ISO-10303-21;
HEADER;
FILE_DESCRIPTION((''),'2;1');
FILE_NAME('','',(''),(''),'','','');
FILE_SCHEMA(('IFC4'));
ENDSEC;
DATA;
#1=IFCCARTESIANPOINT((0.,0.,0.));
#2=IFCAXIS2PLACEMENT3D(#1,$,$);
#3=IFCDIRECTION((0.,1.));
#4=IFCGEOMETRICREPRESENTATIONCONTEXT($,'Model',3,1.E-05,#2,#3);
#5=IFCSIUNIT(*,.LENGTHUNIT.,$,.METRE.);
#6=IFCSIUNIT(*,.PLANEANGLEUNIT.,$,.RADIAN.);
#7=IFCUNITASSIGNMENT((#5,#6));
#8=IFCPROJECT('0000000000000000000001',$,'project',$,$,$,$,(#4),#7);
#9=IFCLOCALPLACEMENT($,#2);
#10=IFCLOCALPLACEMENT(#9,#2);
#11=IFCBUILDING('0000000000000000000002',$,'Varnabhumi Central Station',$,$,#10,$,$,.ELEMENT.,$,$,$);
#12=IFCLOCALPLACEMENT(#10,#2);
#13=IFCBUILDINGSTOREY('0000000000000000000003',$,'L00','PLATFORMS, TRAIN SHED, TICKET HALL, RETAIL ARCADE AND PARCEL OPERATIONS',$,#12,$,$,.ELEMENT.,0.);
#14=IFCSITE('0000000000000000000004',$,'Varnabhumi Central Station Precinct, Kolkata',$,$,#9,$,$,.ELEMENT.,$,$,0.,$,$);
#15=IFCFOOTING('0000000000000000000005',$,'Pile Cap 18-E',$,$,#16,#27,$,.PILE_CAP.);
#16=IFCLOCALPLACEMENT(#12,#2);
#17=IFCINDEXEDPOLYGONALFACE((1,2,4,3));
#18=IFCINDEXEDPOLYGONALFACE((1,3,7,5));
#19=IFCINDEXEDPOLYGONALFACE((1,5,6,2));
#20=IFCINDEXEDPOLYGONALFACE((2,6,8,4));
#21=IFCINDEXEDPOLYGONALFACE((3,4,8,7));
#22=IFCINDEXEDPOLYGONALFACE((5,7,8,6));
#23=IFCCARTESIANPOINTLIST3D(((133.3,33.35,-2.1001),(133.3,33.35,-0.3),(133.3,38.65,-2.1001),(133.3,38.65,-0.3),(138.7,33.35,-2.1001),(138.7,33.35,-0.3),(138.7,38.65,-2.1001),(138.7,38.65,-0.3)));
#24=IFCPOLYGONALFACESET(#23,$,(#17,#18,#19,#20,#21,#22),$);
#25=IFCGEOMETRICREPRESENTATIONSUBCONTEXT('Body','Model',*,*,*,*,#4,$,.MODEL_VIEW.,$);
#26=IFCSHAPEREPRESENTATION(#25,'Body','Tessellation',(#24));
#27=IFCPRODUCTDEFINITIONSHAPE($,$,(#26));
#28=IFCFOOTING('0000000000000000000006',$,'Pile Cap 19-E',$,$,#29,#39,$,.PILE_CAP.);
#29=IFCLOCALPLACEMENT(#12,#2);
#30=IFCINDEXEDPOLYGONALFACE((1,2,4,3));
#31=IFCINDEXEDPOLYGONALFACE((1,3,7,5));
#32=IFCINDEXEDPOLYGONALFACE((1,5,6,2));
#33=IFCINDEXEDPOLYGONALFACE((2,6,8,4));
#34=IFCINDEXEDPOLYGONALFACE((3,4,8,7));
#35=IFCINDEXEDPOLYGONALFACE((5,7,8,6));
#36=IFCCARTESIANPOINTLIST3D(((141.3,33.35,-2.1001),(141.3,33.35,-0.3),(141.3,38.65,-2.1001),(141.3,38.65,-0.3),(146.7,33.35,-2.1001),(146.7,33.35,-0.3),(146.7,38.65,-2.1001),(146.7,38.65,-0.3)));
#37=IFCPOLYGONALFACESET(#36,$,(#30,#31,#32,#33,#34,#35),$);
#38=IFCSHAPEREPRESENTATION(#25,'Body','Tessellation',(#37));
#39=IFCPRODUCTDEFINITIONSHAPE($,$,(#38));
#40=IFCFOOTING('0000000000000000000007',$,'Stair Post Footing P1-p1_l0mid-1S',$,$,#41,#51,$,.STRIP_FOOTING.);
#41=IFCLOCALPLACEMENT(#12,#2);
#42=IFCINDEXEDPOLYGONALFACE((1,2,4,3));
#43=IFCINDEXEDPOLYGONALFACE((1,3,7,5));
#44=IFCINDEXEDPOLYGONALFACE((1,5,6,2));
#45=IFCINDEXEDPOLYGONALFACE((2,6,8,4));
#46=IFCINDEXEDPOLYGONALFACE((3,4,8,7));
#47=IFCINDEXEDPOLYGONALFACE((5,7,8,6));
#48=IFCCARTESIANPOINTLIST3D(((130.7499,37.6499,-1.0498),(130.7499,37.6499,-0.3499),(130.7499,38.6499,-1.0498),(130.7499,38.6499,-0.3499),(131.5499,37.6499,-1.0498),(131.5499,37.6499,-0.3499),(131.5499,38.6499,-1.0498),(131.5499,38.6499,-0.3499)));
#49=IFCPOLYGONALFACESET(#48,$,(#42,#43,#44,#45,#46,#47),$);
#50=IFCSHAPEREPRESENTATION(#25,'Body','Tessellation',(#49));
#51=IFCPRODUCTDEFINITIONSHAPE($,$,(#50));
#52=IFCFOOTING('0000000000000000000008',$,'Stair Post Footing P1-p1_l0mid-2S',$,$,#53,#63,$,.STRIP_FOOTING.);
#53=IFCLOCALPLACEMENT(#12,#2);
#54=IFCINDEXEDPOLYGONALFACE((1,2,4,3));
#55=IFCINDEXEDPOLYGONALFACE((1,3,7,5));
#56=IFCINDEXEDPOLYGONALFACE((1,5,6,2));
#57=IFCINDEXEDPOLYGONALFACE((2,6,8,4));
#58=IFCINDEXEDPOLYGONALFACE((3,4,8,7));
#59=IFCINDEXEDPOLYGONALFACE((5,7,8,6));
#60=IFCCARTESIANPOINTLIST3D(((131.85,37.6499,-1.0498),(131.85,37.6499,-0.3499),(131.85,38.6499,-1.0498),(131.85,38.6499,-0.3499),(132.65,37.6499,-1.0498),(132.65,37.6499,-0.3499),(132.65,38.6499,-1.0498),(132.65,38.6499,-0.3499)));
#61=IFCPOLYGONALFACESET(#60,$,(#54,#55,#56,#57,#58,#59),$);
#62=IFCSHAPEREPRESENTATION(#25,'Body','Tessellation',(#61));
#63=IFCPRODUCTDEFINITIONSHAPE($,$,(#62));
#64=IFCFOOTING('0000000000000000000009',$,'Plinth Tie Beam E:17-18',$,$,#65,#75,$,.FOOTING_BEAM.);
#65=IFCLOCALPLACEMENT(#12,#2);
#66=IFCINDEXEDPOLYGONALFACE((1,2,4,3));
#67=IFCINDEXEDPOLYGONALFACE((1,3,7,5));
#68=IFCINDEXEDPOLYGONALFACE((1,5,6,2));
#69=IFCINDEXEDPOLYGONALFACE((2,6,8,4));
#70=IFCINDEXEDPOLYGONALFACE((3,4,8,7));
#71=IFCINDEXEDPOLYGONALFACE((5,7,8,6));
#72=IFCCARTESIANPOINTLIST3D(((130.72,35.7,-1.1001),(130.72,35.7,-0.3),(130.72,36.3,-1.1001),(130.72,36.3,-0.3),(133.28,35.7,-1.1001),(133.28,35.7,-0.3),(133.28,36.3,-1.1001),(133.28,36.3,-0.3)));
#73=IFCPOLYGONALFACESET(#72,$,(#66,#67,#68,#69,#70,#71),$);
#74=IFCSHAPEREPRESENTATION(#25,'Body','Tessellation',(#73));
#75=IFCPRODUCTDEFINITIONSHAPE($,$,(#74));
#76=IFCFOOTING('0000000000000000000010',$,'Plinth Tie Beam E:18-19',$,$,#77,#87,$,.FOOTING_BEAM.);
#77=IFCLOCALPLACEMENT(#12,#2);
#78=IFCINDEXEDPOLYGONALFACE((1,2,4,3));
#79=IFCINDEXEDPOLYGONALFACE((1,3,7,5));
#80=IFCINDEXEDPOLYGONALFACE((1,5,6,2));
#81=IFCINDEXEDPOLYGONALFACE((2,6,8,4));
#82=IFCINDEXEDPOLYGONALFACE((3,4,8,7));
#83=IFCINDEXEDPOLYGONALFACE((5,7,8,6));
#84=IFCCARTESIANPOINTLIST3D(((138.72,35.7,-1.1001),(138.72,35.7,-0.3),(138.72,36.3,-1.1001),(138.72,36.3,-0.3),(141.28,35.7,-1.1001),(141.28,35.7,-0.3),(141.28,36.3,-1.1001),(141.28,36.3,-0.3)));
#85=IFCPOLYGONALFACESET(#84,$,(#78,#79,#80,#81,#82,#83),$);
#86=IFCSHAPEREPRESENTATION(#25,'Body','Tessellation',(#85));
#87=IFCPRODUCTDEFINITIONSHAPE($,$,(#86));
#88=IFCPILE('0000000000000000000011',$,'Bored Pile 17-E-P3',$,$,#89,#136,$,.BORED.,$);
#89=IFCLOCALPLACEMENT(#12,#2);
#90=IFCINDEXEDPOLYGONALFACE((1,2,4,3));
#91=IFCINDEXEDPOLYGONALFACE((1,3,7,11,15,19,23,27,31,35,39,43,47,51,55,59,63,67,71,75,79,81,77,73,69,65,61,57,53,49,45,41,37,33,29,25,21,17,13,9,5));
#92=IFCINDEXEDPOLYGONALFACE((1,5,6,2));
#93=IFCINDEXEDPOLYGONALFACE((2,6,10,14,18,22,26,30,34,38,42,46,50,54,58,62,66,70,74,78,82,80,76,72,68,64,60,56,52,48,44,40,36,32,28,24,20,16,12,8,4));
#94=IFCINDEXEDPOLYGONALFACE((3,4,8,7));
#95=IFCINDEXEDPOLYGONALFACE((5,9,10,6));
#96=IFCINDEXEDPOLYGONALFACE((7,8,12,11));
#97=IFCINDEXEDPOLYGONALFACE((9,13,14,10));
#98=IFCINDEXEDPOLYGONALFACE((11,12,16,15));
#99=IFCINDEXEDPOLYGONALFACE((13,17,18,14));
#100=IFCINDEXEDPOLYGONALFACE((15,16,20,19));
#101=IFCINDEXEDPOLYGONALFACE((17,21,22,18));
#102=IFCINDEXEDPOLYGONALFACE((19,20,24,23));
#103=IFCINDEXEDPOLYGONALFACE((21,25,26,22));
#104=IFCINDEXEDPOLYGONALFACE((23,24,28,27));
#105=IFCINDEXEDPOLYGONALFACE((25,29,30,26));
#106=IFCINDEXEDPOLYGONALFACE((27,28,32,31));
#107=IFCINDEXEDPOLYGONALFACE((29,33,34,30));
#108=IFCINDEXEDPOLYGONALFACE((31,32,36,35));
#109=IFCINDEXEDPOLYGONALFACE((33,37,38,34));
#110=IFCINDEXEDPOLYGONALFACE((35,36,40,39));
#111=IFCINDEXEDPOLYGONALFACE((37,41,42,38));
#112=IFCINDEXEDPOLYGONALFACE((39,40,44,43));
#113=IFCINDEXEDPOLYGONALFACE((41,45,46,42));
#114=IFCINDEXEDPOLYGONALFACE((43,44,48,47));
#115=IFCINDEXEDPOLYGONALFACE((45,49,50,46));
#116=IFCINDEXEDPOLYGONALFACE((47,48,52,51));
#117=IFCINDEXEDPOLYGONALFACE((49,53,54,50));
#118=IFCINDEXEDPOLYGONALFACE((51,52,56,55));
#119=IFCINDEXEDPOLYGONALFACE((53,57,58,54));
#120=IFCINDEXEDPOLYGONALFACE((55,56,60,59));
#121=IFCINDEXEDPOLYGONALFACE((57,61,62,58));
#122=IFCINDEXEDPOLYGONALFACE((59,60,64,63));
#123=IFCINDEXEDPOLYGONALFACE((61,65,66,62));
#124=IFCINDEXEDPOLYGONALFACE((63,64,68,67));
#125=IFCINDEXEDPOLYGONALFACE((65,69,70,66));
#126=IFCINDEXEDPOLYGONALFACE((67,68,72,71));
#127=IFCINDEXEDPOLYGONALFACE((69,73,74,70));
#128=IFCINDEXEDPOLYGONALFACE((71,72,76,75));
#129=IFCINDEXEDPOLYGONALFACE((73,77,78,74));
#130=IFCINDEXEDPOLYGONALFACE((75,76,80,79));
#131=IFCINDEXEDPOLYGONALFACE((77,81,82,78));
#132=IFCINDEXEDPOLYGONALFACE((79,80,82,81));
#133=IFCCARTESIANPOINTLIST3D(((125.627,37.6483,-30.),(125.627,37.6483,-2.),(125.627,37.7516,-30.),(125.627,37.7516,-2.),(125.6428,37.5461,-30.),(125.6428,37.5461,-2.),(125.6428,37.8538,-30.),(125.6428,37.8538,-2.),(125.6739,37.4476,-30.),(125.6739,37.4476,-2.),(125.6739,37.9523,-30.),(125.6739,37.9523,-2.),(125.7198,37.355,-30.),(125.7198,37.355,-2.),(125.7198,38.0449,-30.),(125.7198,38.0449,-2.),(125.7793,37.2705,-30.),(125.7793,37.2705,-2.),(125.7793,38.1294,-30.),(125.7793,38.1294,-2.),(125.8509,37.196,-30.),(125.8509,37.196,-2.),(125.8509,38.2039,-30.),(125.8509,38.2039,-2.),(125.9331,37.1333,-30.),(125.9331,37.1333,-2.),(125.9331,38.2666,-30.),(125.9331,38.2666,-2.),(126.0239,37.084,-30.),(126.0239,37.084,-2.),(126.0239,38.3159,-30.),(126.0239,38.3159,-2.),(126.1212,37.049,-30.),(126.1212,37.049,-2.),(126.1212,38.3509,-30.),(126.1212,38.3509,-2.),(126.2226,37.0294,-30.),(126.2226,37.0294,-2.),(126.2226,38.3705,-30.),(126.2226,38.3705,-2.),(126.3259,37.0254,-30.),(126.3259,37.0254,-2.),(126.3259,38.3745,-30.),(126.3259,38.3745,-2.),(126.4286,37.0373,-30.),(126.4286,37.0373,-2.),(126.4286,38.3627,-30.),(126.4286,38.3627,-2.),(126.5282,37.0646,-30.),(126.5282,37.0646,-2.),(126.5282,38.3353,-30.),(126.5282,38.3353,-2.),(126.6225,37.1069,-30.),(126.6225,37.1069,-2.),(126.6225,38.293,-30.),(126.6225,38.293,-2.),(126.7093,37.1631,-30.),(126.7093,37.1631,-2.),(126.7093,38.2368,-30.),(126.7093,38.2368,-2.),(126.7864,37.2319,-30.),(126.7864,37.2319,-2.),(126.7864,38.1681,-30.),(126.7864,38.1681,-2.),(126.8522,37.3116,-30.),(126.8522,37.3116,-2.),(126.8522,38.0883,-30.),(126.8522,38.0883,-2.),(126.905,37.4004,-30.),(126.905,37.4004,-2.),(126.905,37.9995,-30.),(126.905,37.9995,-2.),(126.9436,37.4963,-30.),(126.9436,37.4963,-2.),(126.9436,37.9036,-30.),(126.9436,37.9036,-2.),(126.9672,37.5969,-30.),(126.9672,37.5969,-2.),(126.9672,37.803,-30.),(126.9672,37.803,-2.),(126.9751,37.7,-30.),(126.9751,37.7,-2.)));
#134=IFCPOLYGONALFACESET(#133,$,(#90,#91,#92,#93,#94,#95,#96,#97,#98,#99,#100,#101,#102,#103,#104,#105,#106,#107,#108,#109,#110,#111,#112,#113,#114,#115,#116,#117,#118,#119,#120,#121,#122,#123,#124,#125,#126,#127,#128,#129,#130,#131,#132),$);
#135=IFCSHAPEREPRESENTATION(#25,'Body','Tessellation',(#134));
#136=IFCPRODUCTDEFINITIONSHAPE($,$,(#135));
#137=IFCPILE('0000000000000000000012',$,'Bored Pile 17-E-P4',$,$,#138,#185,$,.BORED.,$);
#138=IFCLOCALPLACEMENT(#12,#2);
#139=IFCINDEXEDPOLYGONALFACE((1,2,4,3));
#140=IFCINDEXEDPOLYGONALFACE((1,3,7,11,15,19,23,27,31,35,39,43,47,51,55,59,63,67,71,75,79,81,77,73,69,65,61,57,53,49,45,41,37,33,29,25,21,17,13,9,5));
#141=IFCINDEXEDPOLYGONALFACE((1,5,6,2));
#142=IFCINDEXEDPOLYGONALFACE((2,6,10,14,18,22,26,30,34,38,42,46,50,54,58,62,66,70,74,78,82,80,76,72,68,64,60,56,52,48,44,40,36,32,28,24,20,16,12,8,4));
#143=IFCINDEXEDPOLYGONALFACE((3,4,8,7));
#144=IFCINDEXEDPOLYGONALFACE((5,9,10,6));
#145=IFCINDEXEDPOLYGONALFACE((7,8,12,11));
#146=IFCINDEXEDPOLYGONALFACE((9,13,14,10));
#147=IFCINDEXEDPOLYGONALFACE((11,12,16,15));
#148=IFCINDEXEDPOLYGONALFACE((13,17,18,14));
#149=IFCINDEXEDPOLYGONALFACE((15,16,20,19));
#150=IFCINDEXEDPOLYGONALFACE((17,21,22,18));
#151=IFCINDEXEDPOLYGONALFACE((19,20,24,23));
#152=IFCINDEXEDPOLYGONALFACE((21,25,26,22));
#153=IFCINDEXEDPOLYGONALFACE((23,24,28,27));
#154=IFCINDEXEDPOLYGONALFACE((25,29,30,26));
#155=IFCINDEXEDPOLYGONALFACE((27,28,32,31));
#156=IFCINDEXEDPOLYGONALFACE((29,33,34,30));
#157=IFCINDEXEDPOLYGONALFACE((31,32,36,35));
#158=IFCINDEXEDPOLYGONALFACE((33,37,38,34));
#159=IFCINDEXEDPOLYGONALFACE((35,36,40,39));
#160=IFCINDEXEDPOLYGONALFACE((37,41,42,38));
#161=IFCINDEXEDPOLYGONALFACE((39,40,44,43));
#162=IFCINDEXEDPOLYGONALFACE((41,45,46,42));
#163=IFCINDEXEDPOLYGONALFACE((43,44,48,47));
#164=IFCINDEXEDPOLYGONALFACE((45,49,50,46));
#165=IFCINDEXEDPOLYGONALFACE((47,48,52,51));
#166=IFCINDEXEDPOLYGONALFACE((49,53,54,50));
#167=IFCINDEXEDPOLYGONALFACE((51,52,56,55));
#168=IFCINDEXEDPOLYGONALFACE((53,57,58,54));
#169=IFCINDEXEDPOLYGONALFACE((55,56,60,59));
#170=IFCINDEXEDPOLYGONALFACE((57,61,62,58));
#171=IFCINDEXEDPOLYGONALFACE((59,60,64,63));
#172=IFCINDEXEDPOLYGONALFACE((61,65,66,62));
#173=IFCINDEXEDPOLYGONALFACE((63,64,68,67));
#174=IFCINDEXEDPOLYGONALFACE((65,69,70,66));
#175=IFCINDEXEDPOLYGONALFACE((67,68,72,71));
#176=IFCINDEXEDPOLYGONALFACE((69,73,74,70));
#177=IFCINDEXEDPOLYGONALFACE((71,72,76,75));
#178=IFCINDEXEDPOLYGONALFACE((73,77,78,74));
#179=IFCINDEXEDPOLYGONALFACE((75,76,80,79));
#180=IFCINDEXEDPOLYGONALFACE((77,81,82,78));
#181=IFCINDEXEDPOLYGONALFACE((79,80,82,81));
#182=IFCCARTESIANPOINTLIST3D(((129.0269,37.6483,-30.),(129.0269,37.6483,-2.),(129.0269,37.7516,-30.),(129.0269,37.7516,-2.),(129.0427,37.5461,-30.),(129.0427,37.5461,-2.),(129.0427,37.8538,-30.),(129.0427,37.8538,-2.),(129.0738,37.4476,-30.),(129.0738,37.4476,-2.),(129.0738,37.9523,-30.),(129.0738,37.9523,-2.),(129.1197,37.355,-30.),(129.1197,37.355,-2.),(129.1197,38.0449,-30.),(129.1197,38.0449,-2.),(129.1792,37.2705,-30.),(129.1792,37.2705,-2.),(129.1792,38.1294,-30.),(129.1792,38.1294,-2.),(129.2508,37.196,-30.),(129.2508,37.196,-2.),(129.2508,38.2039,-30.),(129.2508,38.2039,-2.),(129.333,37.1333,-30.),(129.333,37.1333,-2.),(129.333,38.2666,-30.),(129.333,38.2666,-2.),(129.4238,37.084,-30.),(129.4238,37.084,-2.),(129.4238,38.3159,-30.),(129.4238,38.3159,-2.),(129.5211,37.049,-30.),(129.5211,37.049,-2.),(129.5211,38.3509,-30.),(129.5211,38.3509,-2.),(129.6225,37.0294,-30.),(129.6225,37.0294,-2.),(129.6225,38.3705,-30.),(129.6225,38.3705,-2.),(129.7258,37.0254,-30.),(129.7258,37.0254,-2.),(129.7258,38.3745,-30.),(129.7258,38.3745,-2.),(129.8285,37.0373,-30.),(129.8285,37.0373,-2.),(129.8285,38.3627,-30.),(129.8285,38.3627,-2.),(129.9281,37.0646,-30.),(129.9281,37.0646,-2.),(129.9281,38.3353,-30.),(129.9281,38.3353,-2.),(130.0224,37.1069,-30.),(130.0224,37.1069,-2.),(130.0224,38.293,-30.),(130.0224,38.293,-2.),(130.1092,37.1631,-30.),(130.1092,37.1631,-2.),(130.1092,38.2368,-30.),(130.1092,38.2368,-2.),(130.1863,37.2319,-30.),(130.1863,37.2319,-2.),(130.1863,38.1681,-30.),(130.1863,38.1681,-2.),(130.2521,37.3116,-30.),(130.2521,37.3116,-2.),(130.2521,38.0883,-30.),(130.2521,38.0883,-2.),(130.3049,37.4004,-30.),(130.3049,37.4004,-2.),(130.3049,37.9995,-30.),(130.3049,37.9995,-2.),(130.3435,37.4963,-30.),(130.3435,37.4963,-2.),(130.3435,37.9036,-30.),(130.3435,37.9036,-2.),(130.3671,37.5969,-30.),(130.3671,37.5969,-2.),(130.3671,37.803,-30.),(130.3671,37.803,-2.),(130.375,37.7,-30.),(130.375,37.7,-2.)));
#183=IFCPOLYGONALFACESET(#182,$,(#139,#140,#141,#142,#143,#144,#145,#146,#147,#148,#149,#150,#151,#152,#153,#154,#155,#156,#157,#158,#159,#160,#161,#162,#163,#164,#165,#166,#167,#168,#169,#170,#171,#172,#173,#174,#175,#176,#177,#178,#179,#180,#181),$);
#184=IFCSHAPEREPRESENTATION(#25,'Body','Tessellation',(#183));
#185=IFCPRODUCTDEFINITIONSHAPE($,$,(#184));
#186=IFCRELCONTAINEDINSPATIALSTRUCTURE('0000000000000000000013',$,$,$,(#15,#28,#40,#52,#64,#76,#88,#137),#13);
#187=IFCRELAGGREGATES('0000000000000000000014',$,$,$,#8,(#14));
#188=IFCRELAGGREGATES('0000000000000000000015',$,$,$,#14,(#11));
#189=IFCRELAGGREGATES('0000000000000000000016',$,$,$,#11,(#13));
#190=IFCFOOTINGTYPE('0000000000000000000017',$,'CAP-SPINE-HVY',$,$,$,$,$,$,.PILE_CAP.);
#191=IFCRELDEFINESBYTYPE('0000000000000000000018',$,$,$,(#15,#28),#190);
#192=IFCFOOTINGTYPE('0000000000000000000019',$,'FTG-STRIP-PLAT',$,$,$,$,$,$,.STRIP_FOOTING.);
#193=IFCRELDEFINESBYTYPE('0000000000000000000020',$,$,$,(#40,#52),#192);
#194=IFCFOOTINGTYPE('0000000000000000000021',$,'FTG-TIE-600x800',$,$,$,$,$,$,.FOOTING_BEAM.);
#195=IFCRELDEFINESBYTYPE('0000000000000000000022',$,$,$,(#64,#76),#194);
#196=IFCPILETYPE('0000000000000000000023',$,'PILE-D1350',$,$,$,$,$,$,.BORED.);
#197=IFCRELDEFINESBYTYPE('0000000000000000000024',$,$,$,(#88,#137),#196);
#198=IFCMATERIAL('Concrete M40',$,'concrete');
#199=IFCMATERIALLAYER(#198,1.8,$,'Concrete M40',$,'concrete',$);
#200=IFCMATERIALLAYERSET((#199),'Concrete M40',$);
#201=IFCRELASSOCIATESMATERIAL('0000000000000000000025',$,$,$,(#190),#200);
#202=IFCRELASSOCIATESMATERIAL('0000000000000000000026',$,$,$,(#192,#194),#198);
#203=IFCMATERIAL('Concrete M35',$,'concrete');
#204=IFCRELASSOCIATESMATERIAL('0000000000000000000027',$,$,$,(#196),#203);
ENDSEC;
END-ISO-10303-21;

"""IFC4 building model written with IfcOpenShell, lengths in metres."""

from ifc_helpers import new_model, si_unit, direction, frame, origin, origin_2d, place, context, subcontext, project, spatial, rectangle, circle, extrude, material, layer, layer_set, material_profile, profile_set, type_object, element, save


model = new_model("IFC4")

# Units and contexts
model_context = context("Model", 3, precision=1e-05, world=origin(), true_north=direction((0.0, 1.0)))
body_context = subcontext(model_context, "Body", "Model", "MODEL_VIEW")
ifc_project = project(units=[si_unit("LENGTHUNIT", "METRE"), si_unit("PLANEANGLEUNIT", "RADIAN")], contexts=[model_context])

# Site, building, storey
site_placement = place(None, origin())
site = spatial("IfcSite", under=ifc_project, at=site_placement, Name="Varnabhumi Central Station Precinct, Kolkata", CompositionType="ELEMENT", RefElevation=0.0)
building_placement = place(site_placement, origin())
building = spatial("IfcBuilding", under=site, at=building_placement, Name="Varnabhumi Central Station", CompositionType="ELEMENT")
storey_placement = place(building_placement, origin())
storey = spatial("IfcBuildingStorey", under=building, at=storey_placement, Name="L00", Description="PLATFORMS, TRAIN SHED, TICKET HALL, RETAIL ARCADE AND PARCEL OPERATIONS", CompositionType="ELEMENT", Elevation=0.0)

# Footings
ifc_material_1 = material(Name="Concrete M40", Category="concrete")
ifc_layer_1 = layer(ifc_material_1, 1.8, Name="Concrete M40", Category="concrete")
ifc_layer_set_1 = layer_set([ifc_layer_1], Name="Concrete M40")
footing_type_1 = type_object("IfcFootingType", Name="CAP-SPINE-HVY", PredefinedType="PILE_CAP", material=ifc_layer_set_1)
for number, where, z_axis, x_axis, name in (
    (1, (136.0, 36.0, -2.1001), (0.0, 0.0, 1.0), (1.0, 0.0, 0.0), "Pile Cap 18-E"),
    (2, (144.0, 36.0, -2.1001), (0.0, 0.0, 1.0), (1.0, 0.0, 0.0), "Pile Cap 19-E"),
):
    element("IfcFooting", number, at=place(storey_placement, frame(where, z_axis=z_axis, x_axis=x_axis)), inside=storey, type_object=footing_type_1, Name=name, PredefinedType="PILE_CAP", context=body_context, shape_type="SweptSolid", body=[
        extrude(rectangle(XDim=5.3999, YDim=5.3, at=origin_2d()), origin(), (0.0, 0.0, 1.0), 1.8),
    ])
footing_type_2 = type_object("IfcFootingType", Name="FTG-STRIP-PLAT", PredefinedType="STRIP_FOOTING", material=ifc_material_1)
for number, where, z_axis, x_axis, name in (
    (3, (131.1499, 38.1499, -1.0498), (0.0, 0.0, 1.0), (1.0, 0.0, 0.0), "Stair Post Footing P1-p1_l0mid-1S"),
    (4, (132.25, 38.1499, -1.0498), (0.0, 0.0, 1.0), (1.0, 0.0, 0.0), "Stair Post Footing P1-p1_l0mid-2S"),
):
    element("IfcFooting", number, at=place(storey_placement, frame(where, z_axis=z_axis, x_axis=x_axis)), inside=storey, type_object=footing_type_2, Name=name, PredefinedType="STRIP_FOOTING", context=body_context, shape_type="SweptSolid", body=[
        extrude(rectangle(XDim=0.8, YDim=1.0, at=origin_2d()), origin(), (0.0, 0.0, 1.0), 0.7),
    ])
footing_type_3 = type_object("IfcFootingType", Name="FTG-TIE-600x800", PredefinedType="FOOTING_BEAM", material=ifc_material_1)
for number, where, z_axis, x_axis, name in (
    (5, (132.0, 36.0, -1.1001), (0.0, 0.0, 1.0), (1.0, 0.0, 0.0), "Plinth Tie Beam E:17-18"),
    (6, (140.0, 36.0, -1.1001), (0.0, 0.0, 1.0), (1.0, 0.0, 0.0), "Plinth Tie Beam E:18-19"),
):
    element("IfcFooting", number, at=place(storey_placement, frame(where, z_axis=z_axis, x_axis=x_axis)), inside=storey, type_object=footing_type_3, Name=name, PredefinedType="FOOTING_BEAM", context=body_context, shape_type="SweptSolid", body=[
        extrude(rectangle(XDim=2.5601, YDim=0.6001, at=origin_2d()), origin(), (0.0, 0.0, 1.0), 0.8),
    ])

# Piles
ifc_material_2 = material(Name="Concrete M35", Category="concrete")
ifc_material_profile_1 = material_profile(ifc_material_2, circle(Radius=0.675, at=origin_2d()), Name="Concrete M35", Category="concrete")
ifc_profile_set_1 = profile_set([ifc_material_profile_1], Name="Concrete M35")
pile_type = type_object("IfcPileType", Name="PILE-D1350", PredefinedType="BORED", material=ifc_profile_set_1)
for number, where, z_axis, x_axis, name in (
    (7, (126.3, 37.7, -2.0), (0.0, 0.0, -1.0), (1.0, 0.0, 0.0), "Bored Pile 17-E-P3"),
    (8, (129.7, 37.7, -2.0), (0.0, 0.0, -1.0), (1.0, 0.0, 0.0), "Bored Pile 17-E-P4"),
):
    element("IfcPile", number, at=place(storey_placement, frame(where, z_axis=z_axis, x_axis=x_axis)), inside=storey, type_object=pile_type, Name=name, PredefinedType="BORED", context=body_context, shape_type="SweptSolid", body=[
        extrude(circle(Radius=0.675, at=origin_2d()), origin(), (0.0, 0.0, 1.0), 28.0),
    ])

save(model, "model.ifc")
